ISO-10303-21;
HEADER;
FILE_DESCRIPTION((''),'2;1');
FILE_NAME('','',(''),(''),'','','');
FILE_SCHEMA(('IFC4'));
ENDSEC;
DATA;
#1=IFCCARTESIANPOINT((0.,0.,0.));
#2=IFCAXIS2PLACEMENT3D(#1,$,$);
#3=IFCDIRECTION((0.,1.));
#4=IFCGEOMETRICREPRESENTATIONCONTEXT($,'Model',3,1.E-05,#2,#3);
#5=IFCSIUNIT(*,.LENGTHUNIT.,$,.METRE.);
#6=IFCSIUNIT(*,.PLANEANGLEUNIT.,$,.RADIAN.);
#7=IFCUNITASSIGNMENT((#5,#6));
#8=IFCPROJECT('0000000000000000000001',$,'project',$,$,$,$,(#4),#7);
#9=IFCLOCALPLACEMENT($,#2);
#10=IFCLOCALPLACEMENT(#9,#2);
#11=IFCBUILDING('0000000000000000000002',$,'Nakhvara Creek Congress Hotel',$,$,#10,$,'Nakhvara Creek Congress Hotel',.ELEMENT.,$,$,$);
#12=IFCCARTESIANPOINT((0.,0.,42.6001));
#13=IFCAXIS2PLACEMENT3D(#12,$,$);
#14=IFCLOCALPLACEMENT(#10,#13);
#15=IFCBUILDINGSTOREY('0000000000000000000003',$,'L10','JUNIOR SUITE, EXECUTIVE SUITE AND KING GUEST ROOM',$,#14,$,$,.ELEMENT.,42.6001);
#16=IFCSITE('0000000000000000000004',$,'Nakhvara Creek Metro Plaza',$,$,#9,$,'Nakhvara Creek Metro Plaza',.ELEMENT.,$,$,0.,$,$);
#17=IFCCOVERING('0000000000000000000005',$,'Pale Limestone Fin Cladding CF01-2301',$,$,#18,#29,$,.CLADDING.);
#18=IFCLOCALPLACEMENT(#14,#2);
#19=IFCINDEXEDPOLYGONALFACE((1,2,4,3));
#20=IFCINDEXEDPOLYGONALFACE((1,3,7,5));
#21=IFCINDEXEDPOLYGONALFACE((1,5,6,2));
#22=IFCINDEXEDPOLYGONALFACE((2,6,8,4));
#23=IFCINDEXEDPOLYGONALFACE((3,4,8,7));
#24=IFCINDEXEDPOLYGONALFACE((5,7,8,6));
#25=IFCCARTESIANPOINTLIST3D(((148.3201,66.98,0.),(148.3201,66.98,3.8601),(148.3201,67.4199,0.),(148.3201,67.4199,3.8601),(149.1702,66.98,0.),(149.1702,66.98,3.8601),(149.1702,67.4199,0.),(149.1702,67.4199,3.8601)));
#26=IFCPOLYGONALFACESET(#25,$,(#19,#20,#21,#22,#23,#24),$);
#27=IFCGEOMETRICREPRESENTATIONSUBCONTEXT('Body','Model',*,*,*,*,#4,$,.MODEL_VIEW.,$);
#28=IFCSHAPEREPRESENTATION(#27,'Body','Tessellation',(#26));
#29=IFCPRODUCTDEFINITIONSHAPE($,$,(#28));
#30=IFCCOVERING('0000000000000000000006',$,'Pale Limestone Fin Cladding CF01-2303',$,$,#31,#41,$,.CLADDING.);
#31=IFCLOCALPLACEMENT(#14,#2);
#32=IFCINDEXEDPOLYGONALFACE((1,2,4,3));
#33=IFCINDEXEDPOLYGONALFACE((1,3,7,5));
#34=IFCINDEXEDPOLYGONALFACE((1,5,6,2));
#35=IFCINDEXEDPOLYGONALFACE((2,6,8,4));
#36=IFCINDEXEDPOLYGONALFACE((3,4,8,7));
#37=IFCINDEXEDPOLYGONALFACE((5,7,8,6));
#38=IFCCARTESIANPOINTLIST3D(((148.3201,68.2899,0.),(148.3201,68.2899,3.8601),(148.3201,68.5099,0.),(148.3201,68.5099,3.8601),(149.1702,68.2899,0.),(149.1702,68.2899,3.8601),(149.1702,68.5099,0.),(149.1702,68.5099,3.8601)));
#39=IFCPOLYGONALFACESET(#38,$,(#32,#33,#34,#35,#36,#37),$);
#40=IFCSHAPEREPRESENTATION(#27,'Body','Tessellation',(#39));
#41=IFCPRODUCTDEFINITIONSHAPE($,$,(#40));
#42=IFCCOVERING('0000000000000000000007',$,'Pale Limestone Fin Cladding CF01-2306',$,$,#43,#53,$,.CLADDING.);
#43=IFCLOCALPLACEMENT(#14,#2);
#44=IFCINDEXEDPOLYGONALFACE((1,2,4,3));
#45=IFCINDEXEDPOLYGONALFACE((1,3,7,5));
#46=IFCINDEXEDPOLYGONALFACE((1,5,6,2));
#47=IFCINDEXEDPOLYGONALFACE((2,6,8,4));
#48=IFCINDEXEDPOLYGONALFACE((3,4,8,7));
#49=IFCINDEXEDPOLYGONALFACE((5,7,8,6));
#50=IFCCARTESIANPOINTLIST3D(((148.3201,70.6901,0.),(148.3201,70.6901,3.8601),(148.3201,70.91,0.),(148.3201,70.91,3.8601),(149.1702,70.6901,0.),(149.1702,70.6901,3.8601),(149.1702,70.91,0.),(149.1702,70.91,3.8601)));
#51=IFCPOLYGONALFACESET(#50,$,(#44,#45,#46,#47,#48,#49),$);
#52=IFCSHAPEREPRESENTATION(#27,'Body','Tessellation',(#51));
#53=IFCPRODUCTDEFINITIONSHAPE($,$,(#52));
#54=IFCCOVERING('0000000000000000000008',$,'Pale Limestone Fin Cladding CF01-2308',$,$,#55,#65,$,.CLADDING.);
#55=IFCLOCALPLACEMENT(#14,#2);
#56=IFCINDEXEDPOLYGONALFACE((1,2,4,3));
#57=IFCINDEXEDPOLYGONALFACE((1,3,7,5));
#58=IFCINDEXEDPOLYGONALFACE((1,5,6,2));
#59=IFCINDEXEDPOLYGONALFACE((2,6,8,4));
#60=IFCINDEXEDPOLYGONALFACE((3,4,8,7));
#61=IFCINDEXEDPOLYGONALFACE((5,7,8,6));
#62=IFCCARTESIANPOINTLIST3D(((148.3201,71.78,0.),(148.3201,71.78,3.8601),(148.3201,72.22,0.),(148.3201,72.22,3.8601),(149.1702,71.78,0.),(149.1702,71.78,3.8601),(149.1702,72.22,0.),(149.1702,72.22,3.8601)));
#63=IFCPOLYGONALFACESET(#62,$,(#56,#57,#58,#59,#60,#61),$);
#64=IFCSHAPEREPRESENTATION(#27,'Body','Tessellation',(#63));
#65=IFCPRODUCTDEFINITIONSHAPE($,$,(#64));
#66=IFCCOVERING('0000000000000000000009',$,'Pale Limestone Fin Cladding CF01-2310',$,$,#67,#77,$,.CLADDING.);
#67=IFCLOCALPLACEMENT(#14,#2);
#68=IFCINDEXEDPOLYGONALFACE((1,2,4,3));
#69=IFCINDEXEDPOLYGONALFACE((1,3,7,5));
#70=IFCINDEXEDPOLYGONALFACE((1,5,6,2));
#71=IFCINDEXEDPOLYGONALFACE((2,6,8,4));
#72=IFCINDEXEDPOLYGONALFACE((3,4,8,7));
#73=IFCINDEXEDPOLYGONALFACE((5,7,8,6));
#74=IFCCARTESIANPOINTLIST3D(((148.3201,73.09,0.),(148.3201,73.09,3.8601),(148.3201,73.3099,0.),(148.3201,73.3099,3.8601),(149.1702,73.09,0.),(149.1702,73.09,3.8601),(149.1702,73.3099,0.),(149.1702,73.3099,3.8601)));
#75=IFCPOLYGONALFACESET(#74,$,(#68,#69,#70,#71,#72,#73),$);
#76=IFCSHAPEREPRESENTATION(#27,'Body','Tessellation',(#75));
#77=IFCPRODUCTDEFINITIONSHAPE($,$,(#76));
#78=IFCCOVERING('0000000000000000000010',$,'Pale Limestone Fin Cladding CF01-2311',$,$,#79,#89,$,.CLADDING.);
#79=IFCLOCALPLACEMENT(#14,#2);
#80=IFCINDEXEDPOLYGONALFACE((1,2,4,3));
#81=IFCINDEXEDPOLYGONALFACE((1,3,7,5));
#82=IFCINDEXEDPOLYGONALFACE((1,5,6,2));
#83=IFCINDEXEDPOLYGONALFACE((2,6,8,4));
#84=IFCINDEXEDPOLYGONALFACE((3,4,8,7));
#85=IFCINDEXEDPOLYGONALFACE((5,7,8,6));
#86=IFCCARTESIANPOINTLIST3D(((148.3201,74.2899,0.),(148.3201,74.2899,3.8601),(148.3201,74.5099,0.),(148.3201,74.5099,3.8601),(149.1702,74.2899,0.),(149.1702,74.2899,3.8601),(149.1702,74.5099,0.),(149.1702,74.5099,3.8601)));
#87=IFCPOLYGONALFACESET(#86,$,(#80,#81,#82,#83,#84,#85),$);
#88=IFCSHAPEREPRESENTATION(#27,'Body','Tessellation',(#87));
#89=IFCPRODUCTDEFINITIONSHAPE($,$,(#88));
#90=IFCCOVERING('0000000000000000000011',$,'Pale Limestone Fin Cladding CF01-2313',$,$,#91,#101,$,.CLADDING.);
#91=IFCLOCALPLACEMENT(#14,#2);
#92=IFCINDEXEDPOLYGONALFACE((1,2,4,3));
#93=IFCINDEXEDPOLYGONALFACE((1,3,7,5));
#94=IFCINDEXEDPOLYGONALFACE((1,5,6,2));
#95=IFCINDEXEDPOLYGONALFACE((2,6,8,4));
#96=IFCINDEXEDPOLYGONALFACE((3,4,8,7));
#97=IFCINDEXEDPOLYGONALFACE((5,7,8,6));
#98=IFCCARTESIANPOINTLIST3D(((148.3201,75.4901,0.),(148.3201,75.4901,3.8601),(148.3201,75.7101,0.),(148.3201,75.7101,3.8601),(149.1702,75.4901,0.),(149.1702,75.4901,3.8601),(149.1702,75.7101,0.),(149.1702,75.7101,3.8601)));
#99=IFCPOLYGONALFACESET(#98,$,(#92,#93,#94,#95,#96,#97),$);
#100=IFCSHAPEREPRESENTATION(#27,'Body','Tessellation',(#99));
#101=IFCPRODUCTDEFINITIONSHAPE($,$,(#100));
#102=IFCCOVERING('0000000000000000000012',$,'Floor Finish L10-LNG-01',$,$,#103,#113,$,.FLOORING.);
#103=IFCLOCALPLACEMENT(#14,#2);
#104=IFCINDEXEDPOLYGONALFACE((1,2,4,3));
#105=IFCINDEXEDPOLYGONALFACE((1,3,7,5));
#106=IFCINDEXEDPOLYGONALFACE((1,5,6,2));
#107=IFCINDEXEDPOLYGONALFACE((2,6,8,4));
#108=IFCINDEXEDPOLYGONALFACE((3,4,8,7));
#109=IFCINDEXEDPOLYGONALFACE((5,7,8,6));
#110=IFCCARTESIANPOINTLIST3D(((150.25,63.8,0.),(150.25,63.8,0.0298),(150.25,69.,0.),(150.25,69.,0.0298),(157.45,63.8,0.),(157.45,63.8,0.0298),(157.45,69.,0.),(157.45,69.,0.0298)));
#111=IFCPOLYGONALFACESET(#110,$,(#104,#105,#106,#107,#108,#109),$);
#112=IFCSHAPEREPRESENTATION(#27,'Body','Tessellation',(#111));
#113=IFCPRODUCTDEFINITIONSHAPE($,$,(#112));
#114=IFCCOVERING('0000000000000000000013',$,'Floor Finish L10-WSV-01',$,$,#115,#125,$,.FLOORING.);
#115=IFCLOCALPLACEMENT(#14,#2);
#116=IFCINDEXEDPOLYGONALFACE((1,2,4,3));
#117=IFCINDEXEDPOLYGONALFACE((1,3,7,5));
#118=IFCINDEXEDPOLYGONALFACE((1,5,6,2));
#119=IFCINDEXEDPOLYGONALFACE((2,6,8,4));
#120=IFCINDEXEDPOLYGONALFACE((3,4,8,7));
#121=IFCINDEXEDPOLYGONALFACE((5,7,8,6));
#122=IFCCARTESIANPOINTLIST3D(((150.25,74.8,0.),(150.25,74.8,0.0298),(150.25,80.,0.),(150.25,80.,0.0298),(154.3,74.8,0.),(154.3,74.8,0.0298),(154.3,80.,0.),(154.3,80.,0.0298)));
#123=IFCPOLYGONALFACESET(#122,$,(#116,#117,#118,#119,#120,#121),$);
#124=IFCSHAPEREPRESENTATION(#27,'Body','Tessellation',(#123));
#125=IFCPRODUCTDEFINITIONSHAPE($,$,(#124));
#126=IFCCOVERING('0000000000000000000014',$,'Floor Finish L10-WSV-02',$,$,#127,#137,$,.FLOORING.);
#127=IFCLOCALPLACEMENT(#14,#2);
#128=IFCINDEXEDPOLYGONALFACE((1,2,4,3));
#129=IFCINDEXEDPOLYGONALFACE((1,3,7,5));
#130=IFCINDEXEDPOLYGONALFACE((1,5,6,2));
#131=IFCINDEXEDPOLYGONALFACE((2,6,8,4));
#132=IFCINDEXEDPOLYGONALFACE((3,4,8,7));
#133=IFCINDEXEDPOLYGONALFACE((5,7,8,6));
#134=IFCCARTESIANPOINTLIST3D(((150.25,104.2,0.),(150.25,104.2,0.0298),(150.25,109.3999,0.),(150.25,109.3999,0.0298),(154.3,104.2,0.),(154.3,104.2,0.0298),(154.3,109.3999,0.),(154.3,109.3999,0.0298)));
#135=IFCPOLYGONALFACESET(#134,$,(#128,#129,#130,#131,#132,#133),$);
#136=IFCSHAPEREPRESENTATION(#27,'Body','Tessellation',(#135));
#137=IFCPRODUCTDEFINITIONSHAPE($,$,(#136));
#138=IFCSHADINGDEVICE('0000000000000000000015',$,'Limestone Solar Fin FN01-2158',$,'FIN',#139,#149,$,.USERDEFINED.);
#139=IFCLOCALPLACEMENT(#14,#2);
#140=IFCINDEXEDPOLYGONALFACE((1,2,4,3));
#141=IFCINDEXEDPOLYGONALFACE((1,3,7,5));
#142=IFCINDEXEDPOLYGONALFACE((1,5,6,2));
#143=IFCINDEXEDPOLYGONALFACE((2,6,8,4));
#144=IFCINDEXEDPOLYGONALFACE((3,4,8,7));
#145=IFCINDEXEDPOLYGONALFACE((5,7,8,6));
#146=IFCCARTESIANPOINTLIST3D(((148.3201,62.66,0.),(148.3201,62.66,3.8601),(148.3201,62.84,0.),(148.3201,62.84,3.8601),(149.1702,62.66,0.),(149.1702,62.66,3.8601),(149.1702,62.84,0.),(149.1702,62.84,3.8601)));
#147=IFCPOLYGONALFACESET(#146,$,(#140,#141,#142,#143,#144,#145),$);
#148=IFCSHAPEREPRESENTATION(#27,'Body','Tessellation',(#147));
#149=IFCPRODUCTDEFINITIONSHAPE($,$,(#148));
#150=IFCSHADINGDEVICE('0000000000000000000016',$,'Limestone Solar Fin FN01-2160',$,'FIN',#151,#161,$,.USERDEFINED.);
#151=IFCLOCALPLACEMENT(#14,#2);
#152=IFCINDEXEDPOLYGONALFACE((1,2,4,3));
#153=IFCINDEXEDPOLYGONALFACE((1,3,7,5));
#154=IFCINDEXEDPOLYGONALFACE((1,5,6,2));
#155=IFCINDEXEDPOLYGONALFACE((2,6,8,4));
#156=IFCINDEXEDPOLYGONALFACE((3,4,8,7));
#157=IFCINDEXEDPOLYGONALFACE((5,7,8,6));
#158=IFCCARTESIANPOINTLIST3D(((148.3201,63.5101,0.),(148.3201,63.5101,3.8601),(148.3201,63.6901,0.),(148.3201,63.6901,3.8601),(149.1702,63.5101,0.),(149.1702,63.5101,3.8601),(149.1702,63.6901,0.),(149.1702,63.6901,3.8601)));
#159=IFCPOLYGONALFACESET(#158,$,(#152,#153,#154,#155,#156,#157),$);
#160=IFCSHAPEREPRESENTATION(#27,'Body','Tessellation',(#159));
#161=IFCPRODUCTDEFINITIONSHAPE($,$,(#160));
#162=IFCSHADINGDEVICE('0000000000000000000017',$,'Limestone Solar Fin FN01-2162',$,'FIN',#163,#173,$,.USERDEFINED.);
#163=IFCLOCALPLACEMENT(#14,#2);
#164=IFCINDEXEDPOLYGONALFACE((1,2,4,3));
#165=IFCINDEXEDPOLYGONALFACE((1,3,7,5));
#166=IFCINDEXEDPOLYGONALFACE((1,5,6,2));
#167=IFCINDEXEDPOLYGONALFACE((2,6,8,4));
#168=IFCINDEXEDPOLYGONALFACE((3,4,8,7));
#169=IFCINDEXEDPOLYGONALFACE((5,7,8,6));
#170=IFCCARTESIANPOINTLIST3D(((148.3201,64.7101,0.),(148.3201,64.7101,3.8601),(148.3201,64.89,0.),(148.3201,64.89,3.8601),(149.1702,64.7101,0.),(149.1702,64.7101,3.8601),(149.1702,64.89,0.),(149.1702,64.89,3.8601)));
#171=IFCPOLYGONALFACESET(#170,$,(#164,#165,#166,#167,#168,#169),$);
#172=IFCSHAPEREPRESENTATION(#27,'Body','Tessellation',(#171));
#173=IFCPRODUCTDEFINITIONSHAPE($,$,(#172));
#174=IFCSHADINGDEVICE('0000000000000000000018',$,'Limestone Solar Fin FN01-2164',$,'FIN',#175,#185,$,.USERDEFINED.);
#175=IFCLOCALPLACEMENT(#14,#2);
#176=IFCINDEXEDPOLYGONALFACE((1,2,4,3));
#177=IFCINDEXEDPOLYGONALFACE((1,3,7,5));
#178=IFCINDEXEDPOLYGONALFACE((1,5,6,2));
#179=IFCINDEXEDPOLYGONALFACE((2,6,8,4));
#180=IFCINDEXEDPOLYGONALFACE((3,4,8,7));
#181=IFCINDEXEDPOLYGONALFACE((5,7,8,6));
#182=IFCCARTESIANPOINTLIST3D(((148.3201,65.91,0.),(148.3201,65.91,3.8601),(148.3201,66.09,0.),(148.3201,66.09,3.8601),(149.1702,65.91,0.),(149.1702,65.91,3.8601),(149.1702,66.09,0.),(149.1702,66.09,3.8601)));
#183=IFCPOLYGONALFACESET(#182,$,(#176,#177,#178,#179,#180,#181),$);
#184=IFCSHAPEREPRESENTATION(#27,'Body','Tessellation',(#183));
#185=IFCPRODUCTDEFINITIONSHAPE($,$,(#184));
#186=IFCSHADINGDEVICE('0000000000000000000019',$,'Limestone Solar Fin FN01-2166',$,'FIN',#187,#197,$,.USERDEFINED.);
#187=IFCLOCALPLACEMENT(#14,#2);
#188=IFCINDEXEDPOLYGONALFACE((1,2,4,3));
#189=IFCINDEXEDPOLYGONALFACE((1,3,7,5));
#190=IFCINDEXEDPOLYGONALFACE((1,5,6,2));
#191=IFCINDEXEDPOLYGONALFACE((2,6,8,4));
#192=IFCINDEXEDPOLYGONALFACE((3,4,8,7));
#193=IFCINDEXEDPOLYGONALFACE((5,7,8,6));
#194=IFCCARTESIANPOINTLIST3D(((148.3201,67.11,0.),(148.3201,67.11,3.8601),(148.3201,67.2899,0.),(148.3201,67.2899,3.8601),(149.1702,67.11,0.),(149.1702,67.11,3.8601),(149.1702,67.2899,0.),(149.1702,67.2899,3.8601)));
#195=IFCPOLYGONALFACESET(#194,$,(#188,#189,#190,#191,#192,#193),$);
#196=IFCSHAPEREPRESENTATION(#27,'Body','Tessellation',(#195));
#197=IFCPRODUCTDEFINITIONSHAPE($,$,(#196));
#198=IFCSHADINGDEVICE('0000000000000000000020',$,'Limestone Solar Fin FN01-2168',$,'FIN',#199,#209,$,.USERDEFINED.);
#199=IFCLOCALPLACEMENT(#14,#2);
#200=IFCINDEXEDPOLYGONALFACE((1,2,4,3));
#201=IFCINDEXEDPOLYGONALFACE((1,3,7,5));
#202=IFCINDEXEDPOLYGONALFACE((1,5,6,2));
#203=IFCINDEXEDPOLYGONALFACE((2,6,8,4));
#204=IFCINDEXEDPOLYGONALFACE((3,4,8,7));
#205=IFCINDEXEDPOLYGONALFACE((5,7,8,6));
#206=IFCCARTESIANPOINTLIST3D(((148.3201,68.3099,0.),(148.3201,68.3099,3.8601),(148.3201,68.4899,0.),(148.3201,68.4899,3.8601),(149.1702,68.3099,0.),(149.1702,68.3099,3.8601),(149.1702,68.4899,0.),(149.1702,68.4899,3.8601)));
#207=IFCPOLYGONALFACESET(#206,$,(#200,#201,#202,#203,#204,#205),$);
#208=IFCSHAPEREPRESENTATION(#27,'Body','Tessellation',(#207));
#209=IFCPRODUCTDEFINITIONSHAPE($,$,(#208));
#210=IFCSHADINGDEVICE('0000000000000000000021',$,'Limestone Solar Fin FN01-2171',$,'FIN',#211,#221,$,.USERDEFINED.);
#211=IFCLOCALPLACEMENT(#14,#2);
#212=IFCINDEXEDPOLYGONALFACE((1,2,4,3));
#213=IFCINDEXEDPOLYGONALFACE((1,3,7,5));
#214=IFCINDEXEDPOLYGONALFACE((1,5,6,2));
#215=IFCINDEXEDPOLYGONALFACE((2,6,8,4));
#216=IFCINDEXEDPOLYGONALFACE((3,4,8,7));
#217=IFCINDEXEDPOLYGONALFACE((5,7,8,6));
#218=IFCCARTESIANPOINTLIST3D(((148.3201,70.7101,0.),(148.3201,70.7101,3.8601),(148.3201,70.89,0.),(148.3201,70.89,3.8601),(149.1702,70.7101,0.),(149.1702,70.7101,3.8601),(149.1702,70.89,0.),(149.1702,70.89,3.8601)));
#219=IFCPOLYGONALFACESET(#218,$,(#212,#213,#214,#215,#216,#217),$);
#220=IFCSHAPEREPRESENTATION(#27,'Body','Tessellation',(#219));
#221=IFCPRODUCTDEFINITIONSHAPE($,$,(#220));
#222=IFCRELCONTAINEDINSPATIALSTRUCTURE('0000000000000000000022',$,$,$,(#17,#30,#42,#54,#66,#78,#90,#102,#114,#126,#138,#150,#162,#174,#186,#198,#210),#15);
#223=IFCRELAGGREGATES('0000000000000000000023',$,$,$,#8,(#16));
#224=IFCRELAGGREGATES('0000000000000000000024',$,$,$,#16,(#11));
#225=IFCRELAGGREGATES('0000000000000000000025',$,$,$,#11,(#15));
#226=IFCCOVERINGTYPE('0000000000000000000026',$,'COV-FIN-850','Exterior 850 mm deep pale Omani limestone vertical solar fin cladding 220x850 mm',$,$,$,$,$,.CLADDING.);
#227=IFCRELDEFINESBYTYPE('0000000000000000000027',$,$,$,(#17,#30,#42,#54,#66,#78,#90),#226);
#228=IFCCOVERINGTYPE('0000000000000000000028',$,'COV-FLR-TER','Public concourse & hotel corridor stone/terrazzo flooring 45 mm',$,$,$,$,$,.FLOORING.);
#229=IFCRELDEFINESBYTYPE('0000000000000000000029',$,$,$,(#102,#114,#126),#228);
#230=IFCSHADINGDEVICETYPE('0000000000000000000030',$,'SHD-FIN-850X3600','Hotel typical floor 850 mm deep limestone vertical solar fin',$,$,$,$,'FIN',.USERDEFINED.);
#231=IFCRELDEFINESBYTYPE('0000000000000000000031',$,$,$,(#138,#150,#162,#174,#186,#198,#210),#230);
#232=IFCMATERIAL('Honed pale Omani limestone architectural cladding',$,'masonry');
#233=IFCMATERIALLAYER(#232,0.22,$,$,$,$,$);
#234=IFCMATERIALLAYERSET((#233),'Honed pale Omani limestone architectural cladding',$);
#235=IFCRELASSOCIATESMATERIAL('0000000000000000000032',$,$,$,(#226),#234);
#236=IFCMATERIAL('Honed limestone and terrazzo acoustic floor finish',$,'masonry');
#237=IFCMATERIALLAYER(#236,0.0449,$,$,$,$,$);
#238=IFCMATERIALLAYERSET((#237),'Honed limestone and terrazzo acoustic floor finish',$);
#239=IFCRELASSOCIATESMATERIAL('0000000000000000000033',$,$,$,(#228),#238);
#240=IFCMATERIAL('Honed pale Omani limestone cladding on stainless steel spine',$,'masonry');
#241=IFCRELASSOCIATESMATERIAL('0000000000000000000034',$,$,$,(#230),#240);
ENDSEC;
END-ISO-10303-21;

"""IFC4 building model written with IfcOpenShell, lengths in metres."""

from ifc_helpers import new_model, si_unit, direction, frame, origin, origin_2d, place, context, subcontext, project, spatial, polyline, rectangle, outline, extrude, material, layer, layer_set, type_object, element, save


model = new_model("IFC4")

# Units and contexts
model_context = context("Model", 3, precision=1e-05, world=origin(), true_north=direction((0.0, 1.0)))
body_context = subcontext(model_context, "Body", "Model", "MODEL_VIEW")
ifc_project = project(units=[si_unit("LENGTHUNIT", "METRE"), si_unit("PLANEANGLEUNIT", "RADIAN")], contexts=[model_context])

# Site, building, storey
site_placement = place(None, origin())
site = spatial("IfcSite", under=ifc_project, at=site_placement, Name="Nakhvara Creek Metro Plaza", LongName="Nakhvara Creek Metro Plaza", CompositionType="ELEMENT", RefElevation=0.0)
building_placement = place(site_placement, origin())
building = spatial("IfcBuilding", under=site, at=building_placement, Name="Nakhvara Creek Congress Hotel", LongName="Nakhvara Creek Congress Hotel", CompositionType="ELEMENT")
storey_placement = place(building_placement, frame((0.0, 0.0, 42.6001)))
storey = spatial("IfcBuildingStorey", under=building, at=storey_placement, Name="L10", Description="JUNIOR SUITE, EXECUTIVE SUITE AND KING GUEST ROOM", CompositionType="ELEMENT", Elevation=42.6001)

# Coverings
ifc_material_1 = material(Name="Honed pale Omani limestone architectural cladding", Category="masonry")
ifc_layer_1 = layer(ifc_material_1, 0.22)
ifc_layer_set_1 = layer_set([ifc_layer_1], Name="Honed pale Omani limestone architectural cladding")
covering_type_1 = type_object("IfcCoveringType", Name="COV-FIN-850", Description="Exterior 850 mm deep pale Omani limestone vertical solar fin cladding 220x850 mm", PredefinedType="CLADDING", material=ifc_layer_set_1)
covering_1_placement = place(storey_placement, frame((148.7451, 67.2, 0.0), z_axis=(0.0, 0.0, 1.0), x_axis=(0.0, 1.0, 0.0)))
element("IfcCovering", 1, at=covering_1_placement, inside=storey, type_object=covering_type_1, Name="Pale Limestone Fin Cladding CF01-2301", PredefinedType="CLADDING", context=body_context, shape_type="SweptSolid", body=[
    extrude(rectangle(XDim=0.4399, YDim=0.8501, at=origin_2d()), origin(), (0.0, 0.0, 1.0), 3.8601),
])
for number, where, z_axis, x_axis, name in (
    (2, (148.7451, 68.3999, 0.0), (0.0, 0.0, 1.0), (0.0, 1.0, 0.0), "Pale Limestone Fin Cladding CF01-2303"),
    (3, (148.7451, 70.8, 0.0), (0.0, 0.0, 1.0), (0.0, 1.0, 0.0), "Pale Limestone Fin Cladding CF01-2306"),
):
    element("IfcCovering", number, at=place(storey_placement, frame(where, z_axis=z_axis, x_axis=x_axis)), inside=storey, type_object=covering_type_1, Name=name, PredefinedType="CLADDING", context=body_context, shape_type="SweptSolid", body=[
        extrude(rectangle(XDim=0.22, YDim=0.8501, at=origin_2d()), origin(), (0.0, 0.0, 1.0), 3.8601),
    ])
covering_2_placement = place(storey_placement, frame((148.7451, 72.0, 0.0), z_axis=(0.0, 0.0, 1.0), x_axis=(0.0, 1.0, 0.0)))
element("IfcCovering", 4, at=covering_2_placement, inside=storey, type_object=covering_type_1, Name="Pale Limestone Fin Cladding CF01-2308", PredefinedType="CLADDING", context=body_context, shape_type="SweptSolid", body=[
    extrude(rectangle(XDim=0.4399, YDim=0.8501, at=origin_2d()), origin(), (0.0, 0.0, 1.0), 3.8601),
])
for number, where, z_axis, x_axis, name in (
    (5, (148.7451, 73.2, 0.0), (0.0, 0.0, 1.0), (0.0, 1.0, 0.0), "Pale Limestone Fin Cladding CF01-2310"),
    (6, (148.7451, 74.3999, 0.0), (0.0, 0.0, 1.0), (0.0, 1.0, 0.0), "Pale Limestone Fin Cladding CF01-2311"),
    (7, (148.7451, 75.6001, 0.0), (0.0, 0.0, 1.0), (0.0, 1.0, 0.0), "Pale Limestone Fin Cladding CF01-2313"),
):
    element("IfcCovering", number, at=place(storey_placement, frame(where, z_axis=z_axis, x_axis=x_axis)), inside=storey, type_object=covering_type_1, Name=name, PredefinedType="CLADDING", context=body_context, shape_type="SweptSolid", body=[
        extrude(rectangle(XDim=0.22, YDim=0.8501, at=origin_2d()), origin(), (0.0, 0.0, 1.0), 3.8601),
    ])
ifc_material_2 = material(Name="Honed limestone and terrazzo acoustic floor finish", Category="masonry")
ifc_layer_2 = layer(ifc_material_2, 0.0449)
ifc_layer_set_2 = layer_set([ifc_layer_2], Name="Honed limestone and terrazzo acoustic floor finish")
covering_type_2 = type_object("IfcCoveringType", Name="COV-FLR-TER", Description="Public concourse & hotel corridor stone/terrazzo flooring 45 mm", PredefinedType="FLOORING", material=ifc_layer_set_2)
covering_3_placement = place(storey_placement, origin())
element("IfcCovering", 8, at=covering_3_placement, inside=storey, type_object=covering_type_2, Name="Floor Finish L10-LNG-01", PredefinedType="FLOORING", context=body_context, shape_type="SweptSolid", body=[
    extrude(outline(polyline([(150.25, 63.8), (157.45, 63.8), (157.45, 69.0), (150.25, 69.0), (150.25, 63.8)])), origin(), (0.0, 0.0, 1.0), 0.0298),
])
covering_4_placement = place(storey_placement, origin())
element("IfcCovering", 9, at=covering_4_placement, inside=storey, type_object=covering_type_2, Name="Floor Finish L10-WSV-01", PredefinedType="FLOORING", context=body_context, shape_type="SweptSolid", body=[
    extrude(outline(polyline([(150.25, 74.8), (154.3, 74.8), (154.3, 80.0), (150.25, 80.0), (150.25, 74.8)])), origin(), (0.0, 0.0, 1.0), 0.0298),
])
covering_5_placement = place(storey_placement, origin())
element("IfcCovering", 10, at=covering_5_placement, inside=storey, type_object=covering_type_2, Name="Floor Finish L10-WSV-02", PredefinedType="FLOORING", context=body_context, shape_type="SweptSolid", body=[
    extrude(outline(polyline([(150.25, 104.2), (154.3, 104.2), (154.3, 109.3999), (150.25, 109.3999), (150.25, 104.2)])), origin(), (0.0, 0.0, 1.0), 0.0298),
])

# Shading devices
ifc_material_3 = material(Name="Honed pale Omani limestone cladding on stainless steel spine", Category="masonry")
shading_device_type = type_object("IfcShadingDeviceType", Name="SHD-FIN-850X3600", Description="Hotel typical floor 850 mm deep limestone vertical solar fin", ElementType="FIN", PredefinedType="USERDEFINED", material=ifc_material_3)
for number, where, z_axis, x_axis, name in (
    (11, (148.7451, 62.75, 0.0), (0.0, 0.0, 1.0), (0.0, 1.0, 0.0), "Limestone Solar Fin FN01-2158"),
    (12, (148.7451, 63.6001, 0.0), (0.0, 0.0, 1.0), (0.0, 1.0, 0.0), "Limestone Solar Fin FN01-2160"),
    (13, (148.7451, 64.8, 0.0), (0.0, 0.0, 1.0), (0.0, 1.0, 0.0), "Limestone Solar Fin FN01-2162"),
    (14, (148.7451, 66.0, 0.0), (0.0, 0.0, 1.0), (0.0, 1.0, 0.0), "Limestone Solar Fin FN01-2164"),
    (15, (148.7451, 67.2, 0.0), (0.0, 0.0, 1.0), (0.0, 1.0, 0.0), "Limestone Solar Fin FN01-2166"),
    (16, (148.7451, 68.3999, 0.0), (0.0, 0.0, 1.0), (0.0, 1.0, 0.0), "Limestone Solar Fin FN01-2168"),
    (17, (148.7451, 70.8, 0.0), (0.0, 0.0, 1.0), (0.0, 1.0, 0.0), "Limestone Solar Fin FN01-2171"),
):
    element("IfcShadingDevice", number, at=place(storey_placement, frame(where, z_axis=z_axis, x_axis=x_axis)), inside=storey, type_object=shading_device_type, Name=name, ObjectType="FIN", PredefinedType="USERDEFINED", context=body_context, shape_type="SweptSolid", body=[
        extrude(rectangle(XDim=0.1799, YDim=0.8501, at=origin_2d()), origin(), (0.0, 0.0, 1.0), 3.8601),
    ])

save(model, "model.ifc")
